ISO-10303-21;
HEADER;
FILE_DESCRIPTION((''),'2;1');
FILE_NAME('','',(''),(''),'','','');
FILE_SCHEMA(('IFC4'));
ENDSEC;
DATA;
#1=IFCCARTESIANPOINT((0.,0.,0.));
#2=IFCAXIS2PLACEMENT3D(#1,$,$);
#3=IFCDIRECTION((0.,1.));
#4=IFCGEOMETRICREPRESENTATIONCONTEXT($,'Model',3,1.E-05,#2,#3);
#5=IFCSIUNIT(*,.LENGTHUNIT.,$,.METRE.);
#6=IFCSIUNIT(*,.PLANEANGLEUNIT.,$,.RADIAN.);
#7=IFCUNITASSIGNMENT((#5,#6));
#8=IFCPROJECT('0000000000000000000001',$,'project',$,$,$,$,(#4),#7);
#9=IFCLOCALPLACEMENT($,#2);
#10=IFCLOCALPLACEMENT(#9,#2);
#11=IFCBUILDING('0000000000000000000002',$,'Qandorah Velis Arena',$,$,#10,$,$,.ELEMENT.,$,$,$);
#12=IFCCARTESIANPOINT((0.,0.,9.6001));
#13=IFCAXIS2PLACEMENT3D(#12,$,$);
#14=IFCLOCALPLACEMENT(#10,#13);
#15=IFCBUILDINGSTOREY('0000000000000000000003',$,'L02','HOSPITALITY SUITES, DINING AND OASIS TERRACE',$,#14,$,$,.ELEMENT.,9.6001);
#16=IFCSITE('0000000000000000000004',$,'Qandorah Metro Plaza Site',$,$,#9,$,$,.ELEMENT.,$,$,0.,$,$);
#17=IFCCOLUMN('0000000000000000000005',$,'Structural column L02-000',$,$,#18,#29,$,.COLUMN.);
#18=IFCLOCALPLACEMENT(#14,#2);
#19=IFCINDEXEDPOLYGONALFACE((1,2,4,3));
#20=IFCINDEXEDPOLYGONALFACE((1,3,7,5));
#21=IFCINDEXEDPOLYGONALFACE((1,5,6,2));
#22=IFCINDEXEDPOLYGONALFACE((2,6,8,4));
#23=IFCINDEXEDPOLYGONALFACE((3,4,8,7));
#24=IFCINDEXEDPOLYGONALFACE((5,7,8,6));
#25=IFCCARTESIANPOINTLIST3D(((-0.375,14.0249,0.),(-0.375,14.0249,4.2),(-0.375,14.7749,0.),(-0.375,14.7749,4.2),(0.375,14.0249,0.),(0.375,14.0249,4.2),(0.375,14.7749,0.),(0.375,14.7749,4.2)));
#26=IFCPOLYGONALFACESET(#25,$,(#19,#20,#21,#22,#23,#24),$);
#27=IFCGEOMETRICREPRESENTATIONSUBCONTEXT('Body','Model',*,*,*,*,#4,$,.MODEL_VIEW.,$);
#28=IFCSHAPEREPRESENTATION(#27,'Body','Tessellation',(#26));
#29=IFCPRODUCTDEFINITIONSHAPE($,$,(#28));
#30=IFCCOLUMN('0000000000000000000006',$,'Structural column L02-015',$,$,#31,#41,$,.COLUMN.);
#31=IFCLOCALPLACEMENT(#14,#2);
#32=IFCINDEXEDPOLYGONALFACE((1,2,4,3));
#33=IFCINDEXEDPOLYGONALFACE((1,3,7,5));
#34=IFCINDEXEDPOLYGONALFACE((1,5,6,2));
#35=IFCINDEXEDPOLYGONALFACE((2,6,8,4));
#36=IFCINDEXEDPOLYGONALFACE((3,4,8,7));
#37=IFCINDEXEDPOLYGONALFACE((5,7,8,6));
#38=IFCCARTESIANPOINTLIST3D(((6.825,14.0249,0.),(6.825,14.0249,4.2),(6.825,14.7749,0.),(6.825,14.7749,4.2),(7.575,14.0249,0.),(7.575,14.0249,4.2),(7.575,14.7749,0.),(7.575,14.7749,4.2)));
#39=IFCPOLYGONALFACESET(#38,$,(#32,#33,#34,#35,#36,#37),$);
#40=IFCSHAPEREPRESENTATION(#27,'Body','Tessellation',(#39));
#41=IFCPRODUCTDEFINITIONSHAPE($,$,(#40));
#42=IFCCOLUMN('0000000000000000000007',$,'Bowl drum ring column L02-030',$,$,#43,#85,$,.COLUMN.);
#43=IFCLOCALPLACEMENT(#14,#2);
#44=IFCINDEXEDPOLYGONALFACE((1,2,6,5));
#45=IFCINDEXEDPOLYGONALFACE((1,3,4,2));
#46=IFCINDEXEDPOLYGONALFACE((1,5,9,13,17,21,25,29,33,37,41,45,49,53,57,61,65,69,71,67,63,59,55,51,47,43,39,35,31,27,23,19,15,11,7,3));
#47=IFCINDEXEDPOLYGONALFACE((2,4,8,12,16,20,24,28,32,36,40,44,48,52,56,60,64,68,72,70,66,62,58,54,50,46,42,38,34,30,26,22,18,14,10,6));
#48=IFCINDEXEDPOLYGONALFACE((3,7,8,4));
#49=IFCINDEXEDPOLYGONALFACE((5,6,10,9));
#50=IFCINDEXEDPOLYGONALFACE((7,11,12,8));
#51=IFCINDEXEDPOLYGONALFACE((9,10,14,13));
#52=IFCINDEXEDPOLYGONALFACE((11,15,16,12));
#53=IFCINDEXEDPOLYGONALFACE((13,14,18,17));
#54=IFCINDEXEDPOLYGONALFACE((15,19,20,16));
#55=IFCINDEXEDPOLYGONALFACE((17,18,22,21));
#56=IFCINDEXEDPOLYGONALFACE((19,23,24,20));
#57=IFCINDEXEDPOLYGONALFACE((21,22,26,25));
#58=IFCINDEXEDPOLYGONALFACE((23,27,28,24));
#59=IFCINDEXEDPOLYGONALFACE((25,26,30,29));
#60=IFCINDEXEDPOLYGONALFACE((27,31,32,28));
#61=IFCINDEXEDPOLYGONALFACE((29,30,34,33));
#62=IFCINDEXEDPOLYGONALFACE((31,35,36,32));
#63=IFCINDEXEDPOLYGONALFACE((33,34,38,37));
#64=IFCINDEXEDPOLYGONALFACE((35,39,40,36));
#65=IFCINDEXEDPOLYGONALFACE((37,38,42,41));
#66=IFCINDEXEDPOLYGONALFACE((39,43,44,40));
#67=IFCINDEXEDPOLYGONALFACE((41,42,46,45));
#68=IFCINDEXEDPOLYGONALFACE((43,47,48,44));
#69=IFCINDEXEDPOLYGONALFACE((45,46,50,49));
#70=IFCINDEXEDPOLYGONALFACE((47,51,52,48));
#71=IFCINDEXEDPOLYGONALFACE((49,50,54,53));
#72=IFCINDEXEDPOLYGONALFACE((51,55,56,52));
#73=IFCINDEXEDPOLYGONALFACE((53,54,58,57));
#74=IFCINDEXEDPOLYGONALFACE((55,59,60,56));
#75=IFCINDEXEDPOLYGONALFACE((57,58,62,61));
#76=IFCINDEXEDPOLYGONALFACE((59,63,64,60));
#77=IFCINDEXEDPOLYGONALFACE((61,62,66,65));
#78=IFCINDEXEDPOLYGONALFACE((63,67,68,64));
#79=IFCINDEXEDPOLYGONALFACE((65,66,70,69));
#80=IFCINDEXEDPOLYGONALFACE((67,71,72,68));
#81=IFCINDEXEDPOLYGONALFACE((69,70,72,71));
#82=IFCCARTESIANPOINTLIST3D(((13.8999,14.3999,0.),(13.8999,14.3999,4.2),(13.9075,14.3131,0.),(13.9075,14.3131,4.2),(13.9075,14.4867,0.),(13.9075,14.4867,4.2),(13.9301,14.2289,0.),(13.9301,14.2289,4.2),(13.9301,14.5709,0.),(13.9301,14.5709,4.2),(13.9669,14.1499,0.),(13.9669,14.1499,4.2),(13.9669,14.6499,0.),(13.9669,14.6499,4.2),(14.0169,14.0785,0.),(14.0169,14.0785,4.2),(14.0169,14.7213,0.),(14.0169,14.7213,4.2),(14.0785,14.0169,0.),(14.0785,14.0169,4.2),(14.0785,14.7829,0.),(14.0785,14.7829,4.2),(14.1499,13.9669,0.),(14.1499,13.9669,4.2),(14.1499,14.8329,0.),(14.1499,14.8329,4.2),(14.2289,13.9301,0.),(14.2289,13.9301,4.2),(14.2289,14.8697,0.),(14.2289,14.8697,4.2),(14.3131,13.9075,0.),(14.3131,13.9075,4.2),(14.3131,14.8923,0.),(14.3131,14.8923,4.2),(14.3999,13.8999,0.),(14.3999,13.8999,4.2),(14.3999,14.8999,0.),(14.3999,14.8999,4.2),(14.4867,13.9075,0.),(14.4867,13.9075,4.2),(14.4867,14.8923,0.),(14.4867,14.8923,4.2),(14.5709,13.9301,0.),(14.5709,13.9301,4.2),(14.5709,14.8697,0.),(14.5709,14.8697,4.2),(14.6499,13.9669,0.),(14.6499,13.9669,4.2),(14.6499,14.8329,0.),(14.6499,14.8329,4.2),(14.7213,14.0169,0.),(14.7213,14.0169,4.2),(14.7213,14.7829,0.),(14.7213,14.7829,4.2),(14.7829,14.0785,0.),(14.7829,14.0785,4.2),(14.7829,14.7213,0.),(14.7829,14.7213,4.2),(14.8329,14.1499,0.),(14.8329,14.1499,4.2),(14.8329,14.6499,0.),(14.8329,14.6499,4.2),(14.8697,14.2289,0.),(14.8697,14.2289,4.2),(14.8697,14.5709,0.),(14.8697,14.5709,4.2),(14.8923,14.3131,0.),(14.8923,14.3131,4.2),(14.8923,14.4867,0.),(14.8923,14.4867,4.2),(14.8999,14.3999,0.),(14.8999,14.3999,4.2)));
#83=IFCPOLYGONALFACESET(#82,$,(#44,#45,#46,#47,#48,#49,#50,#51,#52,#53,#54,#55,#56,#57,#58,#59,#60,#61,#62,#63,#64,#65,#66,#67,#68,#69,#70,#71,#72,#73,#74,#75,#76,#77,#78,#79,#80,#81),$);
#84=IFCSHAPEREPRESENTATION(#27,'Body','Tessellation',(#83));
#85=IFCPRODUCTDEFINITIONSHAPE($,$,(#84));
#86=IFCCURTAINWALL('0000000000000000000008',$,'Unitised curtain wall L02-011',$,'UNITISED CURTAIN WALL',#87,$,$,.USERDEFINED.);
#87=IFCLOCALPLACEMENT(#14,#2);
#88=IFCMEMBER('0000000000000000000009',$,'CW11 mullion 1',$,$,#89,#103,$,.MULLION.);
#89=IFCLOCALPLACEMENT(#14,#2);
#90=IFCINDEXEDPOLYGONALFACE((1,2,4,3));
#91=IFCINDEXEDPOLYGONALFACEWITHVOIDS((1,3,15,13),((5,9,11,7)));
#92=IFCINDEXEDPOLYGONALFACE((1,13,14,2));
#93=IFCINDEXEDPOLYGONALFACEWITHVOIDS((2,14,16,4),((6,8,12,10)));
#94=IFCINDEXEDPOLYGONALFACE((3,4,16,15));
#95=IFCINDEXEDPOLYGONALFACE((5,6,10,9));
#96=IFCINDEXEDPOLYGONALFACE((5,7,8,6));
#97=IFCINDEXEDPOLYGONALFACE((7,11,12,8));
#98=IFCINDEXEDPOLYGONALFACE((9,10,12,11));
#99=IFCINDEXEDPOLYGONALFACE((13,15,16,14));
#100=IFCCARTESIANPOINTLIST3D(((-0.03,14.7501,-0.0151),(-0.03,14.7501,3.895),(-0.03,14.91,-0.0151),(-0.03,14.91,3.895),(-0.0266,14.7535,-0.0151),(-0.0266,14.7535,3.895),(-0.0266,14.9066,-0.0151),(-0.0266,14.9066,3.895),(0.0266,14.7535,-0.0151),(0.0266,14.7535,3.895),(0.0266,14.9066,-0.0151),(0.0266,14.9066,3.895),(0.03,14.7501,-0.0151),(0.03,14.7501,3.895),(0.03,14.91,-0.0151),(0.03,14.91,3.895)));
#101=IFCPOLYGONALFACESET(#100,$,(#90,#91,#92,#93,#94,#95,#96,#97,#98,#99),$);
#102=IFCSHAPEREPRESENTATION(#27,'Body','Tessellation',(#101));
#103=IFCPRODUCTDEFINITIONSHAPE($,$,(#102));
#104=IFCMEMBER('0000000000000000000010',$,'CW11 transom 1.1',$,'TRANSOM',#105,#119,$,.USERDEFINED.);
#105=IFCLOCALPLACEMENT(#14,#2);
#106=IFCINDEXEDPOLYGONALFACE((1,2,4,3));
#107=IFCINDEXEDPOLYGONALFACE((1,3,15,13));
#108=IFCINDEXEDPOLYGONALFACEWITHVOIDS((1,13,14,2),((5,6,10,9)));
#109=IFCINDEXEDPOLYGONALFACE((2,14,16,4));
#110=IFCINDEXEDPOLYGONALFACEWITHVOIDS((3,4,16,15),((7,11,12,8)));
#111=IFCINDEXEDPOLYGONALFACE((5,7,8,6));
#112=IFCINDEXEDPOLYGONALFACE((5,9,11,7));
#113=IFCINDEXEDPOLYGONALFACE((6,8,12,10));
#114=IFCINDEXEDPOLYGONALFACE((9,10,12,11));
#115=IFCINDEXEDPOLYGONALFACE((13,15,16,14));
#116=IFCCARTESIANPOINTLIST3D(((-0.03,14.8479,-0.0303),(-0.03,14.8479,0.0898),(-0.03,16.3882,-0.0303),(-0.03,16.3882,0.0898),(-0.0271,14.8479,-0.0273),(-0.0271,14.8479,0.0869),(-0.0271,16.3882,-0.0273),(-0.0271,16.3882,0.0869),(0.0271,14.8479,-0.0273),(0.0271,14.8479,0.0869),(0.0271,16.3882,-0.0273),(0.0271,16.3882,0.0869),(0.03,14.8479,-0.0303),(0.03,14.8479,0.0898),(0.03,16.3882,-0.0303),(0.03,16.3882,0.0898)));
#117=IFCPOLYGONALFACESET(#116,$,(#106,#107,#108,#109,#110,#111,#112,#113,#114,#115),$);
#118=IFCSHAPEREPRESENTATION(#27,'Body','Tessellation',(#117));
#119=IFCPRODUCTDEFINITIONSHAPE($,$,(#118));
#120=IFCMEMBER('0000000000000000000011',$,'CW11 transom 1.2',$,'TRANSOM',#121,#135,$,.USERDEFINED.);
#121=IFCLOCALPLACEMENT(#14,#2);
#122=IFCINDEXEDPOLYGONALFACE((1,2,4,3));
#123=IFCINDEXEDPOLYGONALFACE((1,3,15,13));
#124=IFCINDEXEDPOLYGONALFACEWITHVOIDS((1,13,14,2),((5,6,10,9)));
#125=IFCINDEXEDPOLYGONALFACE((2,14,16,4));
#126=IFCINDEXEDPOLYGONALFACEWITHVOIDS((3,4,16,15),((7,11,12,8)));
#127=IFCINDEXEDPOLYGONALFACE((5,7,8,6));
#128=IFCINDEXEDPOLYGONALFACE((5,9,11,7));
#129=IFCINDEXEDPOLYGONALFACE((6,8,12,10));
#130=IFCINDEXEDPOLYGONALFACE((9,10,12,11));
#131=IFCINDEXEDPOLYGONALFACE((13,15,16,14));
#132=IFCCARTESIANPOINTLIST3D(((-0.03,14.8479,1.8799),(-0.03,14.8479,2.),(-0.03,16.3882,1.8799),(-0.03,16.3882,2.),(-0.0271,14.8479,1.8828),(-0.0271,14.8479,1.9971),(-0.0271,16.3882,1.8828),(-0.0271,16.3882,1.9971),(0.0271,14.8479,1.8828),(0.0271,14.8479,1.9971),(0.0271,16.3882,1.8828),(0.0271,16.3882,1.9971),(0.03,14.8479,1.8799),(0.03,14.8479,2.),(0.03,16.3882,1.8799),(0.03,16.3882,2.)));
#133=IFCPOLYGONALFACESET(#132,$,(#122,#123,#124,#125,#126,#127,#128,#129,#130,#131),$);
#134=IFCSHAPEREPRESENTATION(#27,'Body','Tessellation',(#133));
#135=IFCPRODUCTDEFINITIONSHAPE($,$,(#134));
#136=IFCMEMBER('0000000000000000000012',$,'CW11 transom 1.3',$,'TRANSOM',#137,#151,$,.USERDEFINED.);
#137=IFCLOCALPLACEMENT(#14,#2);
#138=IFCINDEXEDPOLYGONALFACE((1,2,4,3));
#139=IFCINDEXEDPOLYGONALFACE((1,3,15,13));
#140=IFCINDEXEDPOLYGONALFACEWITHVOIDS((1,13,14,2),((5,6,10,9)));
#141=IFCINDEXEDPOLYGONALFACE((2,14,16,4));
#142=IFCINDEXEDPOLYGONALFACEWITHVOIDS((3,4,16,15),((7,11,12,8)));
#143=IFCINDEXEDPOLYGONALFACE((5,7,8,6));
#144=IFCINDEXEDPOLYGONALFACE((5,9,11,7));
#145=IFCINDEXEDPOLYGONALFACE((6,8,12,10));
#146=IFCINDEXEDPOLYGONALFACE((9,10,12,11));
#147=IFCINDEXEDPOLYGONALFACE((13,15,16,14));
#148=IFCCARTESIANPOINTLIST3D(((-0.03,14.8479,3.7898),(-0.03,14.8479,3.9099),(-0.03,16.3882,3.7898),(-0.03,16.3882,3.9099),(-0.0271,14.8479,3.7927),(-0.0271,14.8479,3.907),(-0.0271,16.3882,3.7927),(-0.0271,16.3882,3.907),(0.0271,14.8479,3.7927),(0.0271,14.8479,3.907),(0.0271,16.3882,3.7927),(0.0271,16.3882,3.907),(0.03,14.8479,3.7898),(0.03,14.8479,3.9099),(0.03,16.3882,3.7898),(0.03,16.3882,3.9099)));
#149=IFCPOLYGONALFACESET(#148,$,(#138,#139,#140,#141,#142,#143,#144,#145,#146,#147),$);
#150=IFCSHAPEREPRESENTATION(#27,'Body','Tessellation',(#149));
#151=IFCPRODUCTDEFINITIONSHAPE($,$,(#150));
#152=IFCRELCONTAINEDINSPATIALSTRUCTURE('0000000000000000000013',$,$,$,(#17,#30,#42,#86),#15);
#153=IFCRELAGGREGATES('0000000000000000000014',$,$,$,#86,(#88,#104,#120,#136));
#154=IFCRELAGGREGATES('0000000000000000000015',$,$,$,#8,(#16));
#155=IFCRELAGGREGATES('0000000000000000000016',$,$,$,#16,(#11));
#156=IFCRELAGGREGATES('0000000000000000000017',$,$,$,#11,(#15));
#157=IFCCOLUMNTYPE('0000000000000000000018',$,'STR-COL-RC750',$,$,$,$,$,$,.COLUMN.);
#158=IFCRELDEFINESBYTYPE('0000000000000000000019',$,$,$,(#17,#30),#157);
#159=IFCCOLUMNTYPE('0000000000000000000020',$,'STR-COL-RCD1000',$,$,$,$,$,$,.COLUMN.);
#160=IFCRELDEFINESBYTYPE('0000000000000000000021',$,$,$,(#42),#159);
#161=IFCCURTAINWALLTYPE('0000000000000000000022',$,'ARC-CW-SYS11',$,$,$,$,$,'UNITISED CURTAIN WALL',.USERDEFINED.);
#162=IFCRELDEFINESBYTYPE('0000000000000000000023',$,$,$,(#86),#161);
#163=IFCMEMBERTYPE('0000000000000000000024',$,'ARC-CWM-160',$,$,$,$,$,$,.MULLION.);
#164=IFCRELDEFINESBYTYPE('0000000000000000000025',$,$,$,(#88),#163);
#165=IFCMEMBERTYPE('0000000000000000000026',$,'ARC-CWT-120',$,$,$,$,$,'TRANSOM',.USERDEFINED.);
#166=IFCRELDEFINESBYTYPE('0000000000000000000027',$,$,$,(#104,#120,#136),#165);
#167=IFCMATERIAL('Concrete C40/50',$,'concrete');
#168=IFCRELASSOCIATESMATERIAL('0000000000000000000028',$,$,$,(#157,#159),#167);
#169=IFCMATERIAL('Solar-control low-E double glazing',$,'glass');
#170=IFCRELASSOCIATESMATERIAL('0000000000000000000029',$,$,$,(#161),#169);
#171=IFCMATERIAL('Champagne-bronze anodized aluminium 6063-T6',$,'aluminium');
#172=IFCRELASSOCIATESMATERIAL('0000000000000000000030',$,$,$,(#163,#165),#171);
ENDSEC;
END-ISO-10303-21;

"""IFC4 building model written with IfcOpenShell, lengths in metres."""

from ifc_helpers import new_model, si_unit, direction, frame, origin, origin_2d, place, context, subcontext, project, spatial, rectangle, hollow_rectangle, circle, extrude, material, material_profile, profile_set, type_object, element, aggregate, save


model = new_model("IFC4")

# Units and contexts
model_context = context("Model", 3, precision=1e-05, world=origin(), true_north=direction((0.0, 1.0)))
body_context = subcontext(model_context, "Body", "Model", "MODEL_VIEW")
ifc_project = project(units=[si_unit("LENGTHUNIT", "METRE"), si_unit("PLANEANGLEUNIT", "RADIAN")], contexts=[model_context])

# Site, building, storey
site_placement = place(None, origin())
site = spatial("IfcSite", under=ifc_project, at=site_placement, Name="Qandorah Metro Plaza Site", CompositionType="ELEMENT", RefElevation=0.0)
building_placement = place(site_placement, origin())
building = spatial("IfcBuilding", under=site, at=building_placement, Name="Qandorah Velis Arena", CompositionType="ELEMENT")
storey_placement = place(building_placement, frame((0.0, 0.0, 9.6001)))
storey = spatial("IfcBuildingStorey", under=building, at=storey_placement, Name="L02", Description="HOSPITALITY SUITES, DINING AND OASIS TERRACE", CompositionType="ELEMENT", Elevation=9.6001)

# Columns
ifc_material_1 = material(Name="Concrete C40/50", Category="concrete")
ifc_material_profile_1 = material_profile(ifc_material_1, rectangle(XDim=0.75, YDim=0.75, at=origin_2d()), Name="RC COL 750x750")
ifc_profile_set_1 = profile_set([ifc_material_profile_1], Name="Concrete C40/50")
column_type_1 = type_object("IfcColumnType", Name="STR-COL-RC750", PredefinedType="COLUMN", material=ifc_profile_set_1)
for number, where, z_axis, x_axis, name in (
    (1, (0.0, 14.3999, 0.0), (0.0, 0.0, 1.0), (1.0, 0.0, 0.0), "Structural column L02-000"),
    (2, (7.2, 14.3999, 0.0), (0.0, 0.0, 1.0), (1.0, 0.0, 0.0), "Structural column L02-015"),
):
    element("IfcColumn", number, at=place(storey_placement, frame(where, z_axis=z_axis, x_axis=x_axis)), inside=storey, type_object=column_type_1, Name=name, PredefinedType="COLUMN", context=body_context, shape_type="SweptSolid", body=[
        extrude(rectangle(XDim=0.75, YDim=0.75, at=origin_2d()), origin(), (0.0, 0.0, 1.0), 4.2),
    ])
ifc_material_profile_2 = material_profile(ifc_material_1, circle(Radius=0.5, at=origin_2d()), Name="RC D1000")
ifc_profile_set_2 = profile_set([ifc_material_profile_2], Name="Concrete C40/50")
column_type_2 = type_object("IfcColumnType", Name="STR-COL-RCD1000", PredefinedType="COLUMN", material=ifc_profile_set_2)
column_placement = place(storey_placement, frame((14.3999, 14.3999, 0.0), z_axis=(0.0, 0.0, 1.0), x_axis=(1.0, 0.0, 0.0)))
element("IfcColumn", 3, at=column_placement, inside=storey, type_object=column_type_2, Name="Bowl drum ring column L02-030", PredefinedType="COLUMN", context=body_context, shape_type="SweptSolid", body=[
    extrude(circle(Radius=0.5, at=origin_2d()), origin(), (0.0, 0.0, 1.0), 4.2),
])

# Curtain wall, members
ifc_material_2 = material(Name="Solar-control low-E double glazing", Category="glass")
curtain_wall_type = type_object("IfcCurtainWallType", Name="ARC-CW-SYS11", ElementType="UNITISED CURTAIN WALL", PredefinedType="USERDEFINED", material=ifc_material_2)
curtain_wall_placement = place(storey_placement, origin())
curtain_wall = element("IfcCurtainWall", 4, at=curtain_wall_placement, inside=storey, type_object=curtain_wall_type, Name="Unitised curtain wall L02-011", ObjectType="UNITISED CURTAIN WALL", PredefinedType="USERDEFINED")
ifc_material_3 = material(Name="Champagne-bronze anodized aluminium 6063-T6", Category="aluminium")
ifc_material_profile_3 = material_profile(ifc_material_3, hollow_rectangle(XDim=0.0601, YDim=0.1599, WallThickness=0.0034, at=origin_2d()), Name="ALU MULLION 60x160")
ifc_profile_set_3 = profile_set([ifc_material_profile_3], Name="Champagne-bronze anodized aluminium 6063-T6")
member_type_1 = type_object("IfcMemberType", Name="ARC-CWM-160", PredefinedType="MULLION", material=ifc_profile_set_3)
member_1_placement = place(storey_placement, frame((0.0, 14.8301, -0.0151), z_axis=(0.0, 0.0, 1.0), x_axis=(-1.0, 0.0, 0.0)))
member_1 = element("IfcMember", 5, at=member_1_placement, type_object=member_type_1, Name="CW11 mullion 1", PredefinedType="MULLION", context=body_context, shape_type="SweptSolid", body=[
    extrude(hollow_rectangle(XDim=0.0601, YDim=0.1599, WallThickness=0.0034, at=origin_2d()), origin(), (0.0, 0.0, 1.0), 3.9102),
])
ifc_material_profile_4 = material_profile(ifc_material_3, hollow_rectangle(XDim=0.0601, YDim=0.1201, WallThickness=0.0029, at=origin_2d()), Name="ALU TRANSOM 60x120")
ifc_profile_set_4 = profile_set([ifc_material_profile_4], Name="Champagne-bronze anodized aluminium 6063-T6")
member_type_2 = type_object("IfcMemberType", Name="ARC-CWT-120", ElementType="TRANSOM", PredefinedType="USERDEFINED", material=ifc_profile_set_4)
member_2_placement = place(storey_placement, frame((0.0, 14.8479, 0.0298), z_axis=(0.0, 1.0, 0.0), x_axis=(-1.0, 0.0, 0.0)))
member_2 = element("IfcMember", 6, at=member_2_placement, type_object=member_type_2, Name="CW11 transom 1.1", ObjectType="TRANSOM", PredefinedType="USERDEFINED", context=body_context, shape_type="SweptSolid", body=[
    extrude(hollow_rectangle(XDim=0.0601, YDim=0.1201, WallThickness=0.0029, at=origin_2d()), origin(), (0.0, 0.0, 1.0), 1.5403),
])
member_3_placement = place(storey_placement, frame((0.0, 14.8479, 1.9399), z_axis=(0.0, 1.0, 0.0), x_axis=(-1.0, 0.0, 0.0)))
member_3 = element("IfcMember", 7, at=member_3_placement, type_object=member_type_2, Name="CW11 transom 1.2", ObjectType="TRANSOM", PredefinedType="USERDEFINED", context=body_context, shape_type="SweptSolid", body=[
    extrude(hollow_rectangle(XDim=0.0601, YDim=0.1201, WallThickness=0.0029, at=origin_2d()), origin(), (0.0, 0.0, 1.0), 1.5403),
])
member_4_placement = place(storey_placement, frame((0.0, 14.8479, 3.8499), z_axis=(0.0, 1.0, 0.0), x_axis=(-1.0, 0.0, 0.0)))
member_4 = element("IfcMember", 8, at=member_4_placement, type_object=member_type_2, Name="CW11 transom 1.3", ObjectType="TRANSOM", PredefinedType="USERDEFINED", context=body_context, shape_type="SweptSolid", body=[
    extrude(hollow_rectangle(XDim=0.0601, YDim=0.1201, WallThickness=0.0029, at=origin_2d()), origin(), (0.0, 0.0, 1.0), 1.5403),
])
aggregate(curtain_wall, [member_1, member_2, member_3, member_4])

save(model, "model.ifc")
